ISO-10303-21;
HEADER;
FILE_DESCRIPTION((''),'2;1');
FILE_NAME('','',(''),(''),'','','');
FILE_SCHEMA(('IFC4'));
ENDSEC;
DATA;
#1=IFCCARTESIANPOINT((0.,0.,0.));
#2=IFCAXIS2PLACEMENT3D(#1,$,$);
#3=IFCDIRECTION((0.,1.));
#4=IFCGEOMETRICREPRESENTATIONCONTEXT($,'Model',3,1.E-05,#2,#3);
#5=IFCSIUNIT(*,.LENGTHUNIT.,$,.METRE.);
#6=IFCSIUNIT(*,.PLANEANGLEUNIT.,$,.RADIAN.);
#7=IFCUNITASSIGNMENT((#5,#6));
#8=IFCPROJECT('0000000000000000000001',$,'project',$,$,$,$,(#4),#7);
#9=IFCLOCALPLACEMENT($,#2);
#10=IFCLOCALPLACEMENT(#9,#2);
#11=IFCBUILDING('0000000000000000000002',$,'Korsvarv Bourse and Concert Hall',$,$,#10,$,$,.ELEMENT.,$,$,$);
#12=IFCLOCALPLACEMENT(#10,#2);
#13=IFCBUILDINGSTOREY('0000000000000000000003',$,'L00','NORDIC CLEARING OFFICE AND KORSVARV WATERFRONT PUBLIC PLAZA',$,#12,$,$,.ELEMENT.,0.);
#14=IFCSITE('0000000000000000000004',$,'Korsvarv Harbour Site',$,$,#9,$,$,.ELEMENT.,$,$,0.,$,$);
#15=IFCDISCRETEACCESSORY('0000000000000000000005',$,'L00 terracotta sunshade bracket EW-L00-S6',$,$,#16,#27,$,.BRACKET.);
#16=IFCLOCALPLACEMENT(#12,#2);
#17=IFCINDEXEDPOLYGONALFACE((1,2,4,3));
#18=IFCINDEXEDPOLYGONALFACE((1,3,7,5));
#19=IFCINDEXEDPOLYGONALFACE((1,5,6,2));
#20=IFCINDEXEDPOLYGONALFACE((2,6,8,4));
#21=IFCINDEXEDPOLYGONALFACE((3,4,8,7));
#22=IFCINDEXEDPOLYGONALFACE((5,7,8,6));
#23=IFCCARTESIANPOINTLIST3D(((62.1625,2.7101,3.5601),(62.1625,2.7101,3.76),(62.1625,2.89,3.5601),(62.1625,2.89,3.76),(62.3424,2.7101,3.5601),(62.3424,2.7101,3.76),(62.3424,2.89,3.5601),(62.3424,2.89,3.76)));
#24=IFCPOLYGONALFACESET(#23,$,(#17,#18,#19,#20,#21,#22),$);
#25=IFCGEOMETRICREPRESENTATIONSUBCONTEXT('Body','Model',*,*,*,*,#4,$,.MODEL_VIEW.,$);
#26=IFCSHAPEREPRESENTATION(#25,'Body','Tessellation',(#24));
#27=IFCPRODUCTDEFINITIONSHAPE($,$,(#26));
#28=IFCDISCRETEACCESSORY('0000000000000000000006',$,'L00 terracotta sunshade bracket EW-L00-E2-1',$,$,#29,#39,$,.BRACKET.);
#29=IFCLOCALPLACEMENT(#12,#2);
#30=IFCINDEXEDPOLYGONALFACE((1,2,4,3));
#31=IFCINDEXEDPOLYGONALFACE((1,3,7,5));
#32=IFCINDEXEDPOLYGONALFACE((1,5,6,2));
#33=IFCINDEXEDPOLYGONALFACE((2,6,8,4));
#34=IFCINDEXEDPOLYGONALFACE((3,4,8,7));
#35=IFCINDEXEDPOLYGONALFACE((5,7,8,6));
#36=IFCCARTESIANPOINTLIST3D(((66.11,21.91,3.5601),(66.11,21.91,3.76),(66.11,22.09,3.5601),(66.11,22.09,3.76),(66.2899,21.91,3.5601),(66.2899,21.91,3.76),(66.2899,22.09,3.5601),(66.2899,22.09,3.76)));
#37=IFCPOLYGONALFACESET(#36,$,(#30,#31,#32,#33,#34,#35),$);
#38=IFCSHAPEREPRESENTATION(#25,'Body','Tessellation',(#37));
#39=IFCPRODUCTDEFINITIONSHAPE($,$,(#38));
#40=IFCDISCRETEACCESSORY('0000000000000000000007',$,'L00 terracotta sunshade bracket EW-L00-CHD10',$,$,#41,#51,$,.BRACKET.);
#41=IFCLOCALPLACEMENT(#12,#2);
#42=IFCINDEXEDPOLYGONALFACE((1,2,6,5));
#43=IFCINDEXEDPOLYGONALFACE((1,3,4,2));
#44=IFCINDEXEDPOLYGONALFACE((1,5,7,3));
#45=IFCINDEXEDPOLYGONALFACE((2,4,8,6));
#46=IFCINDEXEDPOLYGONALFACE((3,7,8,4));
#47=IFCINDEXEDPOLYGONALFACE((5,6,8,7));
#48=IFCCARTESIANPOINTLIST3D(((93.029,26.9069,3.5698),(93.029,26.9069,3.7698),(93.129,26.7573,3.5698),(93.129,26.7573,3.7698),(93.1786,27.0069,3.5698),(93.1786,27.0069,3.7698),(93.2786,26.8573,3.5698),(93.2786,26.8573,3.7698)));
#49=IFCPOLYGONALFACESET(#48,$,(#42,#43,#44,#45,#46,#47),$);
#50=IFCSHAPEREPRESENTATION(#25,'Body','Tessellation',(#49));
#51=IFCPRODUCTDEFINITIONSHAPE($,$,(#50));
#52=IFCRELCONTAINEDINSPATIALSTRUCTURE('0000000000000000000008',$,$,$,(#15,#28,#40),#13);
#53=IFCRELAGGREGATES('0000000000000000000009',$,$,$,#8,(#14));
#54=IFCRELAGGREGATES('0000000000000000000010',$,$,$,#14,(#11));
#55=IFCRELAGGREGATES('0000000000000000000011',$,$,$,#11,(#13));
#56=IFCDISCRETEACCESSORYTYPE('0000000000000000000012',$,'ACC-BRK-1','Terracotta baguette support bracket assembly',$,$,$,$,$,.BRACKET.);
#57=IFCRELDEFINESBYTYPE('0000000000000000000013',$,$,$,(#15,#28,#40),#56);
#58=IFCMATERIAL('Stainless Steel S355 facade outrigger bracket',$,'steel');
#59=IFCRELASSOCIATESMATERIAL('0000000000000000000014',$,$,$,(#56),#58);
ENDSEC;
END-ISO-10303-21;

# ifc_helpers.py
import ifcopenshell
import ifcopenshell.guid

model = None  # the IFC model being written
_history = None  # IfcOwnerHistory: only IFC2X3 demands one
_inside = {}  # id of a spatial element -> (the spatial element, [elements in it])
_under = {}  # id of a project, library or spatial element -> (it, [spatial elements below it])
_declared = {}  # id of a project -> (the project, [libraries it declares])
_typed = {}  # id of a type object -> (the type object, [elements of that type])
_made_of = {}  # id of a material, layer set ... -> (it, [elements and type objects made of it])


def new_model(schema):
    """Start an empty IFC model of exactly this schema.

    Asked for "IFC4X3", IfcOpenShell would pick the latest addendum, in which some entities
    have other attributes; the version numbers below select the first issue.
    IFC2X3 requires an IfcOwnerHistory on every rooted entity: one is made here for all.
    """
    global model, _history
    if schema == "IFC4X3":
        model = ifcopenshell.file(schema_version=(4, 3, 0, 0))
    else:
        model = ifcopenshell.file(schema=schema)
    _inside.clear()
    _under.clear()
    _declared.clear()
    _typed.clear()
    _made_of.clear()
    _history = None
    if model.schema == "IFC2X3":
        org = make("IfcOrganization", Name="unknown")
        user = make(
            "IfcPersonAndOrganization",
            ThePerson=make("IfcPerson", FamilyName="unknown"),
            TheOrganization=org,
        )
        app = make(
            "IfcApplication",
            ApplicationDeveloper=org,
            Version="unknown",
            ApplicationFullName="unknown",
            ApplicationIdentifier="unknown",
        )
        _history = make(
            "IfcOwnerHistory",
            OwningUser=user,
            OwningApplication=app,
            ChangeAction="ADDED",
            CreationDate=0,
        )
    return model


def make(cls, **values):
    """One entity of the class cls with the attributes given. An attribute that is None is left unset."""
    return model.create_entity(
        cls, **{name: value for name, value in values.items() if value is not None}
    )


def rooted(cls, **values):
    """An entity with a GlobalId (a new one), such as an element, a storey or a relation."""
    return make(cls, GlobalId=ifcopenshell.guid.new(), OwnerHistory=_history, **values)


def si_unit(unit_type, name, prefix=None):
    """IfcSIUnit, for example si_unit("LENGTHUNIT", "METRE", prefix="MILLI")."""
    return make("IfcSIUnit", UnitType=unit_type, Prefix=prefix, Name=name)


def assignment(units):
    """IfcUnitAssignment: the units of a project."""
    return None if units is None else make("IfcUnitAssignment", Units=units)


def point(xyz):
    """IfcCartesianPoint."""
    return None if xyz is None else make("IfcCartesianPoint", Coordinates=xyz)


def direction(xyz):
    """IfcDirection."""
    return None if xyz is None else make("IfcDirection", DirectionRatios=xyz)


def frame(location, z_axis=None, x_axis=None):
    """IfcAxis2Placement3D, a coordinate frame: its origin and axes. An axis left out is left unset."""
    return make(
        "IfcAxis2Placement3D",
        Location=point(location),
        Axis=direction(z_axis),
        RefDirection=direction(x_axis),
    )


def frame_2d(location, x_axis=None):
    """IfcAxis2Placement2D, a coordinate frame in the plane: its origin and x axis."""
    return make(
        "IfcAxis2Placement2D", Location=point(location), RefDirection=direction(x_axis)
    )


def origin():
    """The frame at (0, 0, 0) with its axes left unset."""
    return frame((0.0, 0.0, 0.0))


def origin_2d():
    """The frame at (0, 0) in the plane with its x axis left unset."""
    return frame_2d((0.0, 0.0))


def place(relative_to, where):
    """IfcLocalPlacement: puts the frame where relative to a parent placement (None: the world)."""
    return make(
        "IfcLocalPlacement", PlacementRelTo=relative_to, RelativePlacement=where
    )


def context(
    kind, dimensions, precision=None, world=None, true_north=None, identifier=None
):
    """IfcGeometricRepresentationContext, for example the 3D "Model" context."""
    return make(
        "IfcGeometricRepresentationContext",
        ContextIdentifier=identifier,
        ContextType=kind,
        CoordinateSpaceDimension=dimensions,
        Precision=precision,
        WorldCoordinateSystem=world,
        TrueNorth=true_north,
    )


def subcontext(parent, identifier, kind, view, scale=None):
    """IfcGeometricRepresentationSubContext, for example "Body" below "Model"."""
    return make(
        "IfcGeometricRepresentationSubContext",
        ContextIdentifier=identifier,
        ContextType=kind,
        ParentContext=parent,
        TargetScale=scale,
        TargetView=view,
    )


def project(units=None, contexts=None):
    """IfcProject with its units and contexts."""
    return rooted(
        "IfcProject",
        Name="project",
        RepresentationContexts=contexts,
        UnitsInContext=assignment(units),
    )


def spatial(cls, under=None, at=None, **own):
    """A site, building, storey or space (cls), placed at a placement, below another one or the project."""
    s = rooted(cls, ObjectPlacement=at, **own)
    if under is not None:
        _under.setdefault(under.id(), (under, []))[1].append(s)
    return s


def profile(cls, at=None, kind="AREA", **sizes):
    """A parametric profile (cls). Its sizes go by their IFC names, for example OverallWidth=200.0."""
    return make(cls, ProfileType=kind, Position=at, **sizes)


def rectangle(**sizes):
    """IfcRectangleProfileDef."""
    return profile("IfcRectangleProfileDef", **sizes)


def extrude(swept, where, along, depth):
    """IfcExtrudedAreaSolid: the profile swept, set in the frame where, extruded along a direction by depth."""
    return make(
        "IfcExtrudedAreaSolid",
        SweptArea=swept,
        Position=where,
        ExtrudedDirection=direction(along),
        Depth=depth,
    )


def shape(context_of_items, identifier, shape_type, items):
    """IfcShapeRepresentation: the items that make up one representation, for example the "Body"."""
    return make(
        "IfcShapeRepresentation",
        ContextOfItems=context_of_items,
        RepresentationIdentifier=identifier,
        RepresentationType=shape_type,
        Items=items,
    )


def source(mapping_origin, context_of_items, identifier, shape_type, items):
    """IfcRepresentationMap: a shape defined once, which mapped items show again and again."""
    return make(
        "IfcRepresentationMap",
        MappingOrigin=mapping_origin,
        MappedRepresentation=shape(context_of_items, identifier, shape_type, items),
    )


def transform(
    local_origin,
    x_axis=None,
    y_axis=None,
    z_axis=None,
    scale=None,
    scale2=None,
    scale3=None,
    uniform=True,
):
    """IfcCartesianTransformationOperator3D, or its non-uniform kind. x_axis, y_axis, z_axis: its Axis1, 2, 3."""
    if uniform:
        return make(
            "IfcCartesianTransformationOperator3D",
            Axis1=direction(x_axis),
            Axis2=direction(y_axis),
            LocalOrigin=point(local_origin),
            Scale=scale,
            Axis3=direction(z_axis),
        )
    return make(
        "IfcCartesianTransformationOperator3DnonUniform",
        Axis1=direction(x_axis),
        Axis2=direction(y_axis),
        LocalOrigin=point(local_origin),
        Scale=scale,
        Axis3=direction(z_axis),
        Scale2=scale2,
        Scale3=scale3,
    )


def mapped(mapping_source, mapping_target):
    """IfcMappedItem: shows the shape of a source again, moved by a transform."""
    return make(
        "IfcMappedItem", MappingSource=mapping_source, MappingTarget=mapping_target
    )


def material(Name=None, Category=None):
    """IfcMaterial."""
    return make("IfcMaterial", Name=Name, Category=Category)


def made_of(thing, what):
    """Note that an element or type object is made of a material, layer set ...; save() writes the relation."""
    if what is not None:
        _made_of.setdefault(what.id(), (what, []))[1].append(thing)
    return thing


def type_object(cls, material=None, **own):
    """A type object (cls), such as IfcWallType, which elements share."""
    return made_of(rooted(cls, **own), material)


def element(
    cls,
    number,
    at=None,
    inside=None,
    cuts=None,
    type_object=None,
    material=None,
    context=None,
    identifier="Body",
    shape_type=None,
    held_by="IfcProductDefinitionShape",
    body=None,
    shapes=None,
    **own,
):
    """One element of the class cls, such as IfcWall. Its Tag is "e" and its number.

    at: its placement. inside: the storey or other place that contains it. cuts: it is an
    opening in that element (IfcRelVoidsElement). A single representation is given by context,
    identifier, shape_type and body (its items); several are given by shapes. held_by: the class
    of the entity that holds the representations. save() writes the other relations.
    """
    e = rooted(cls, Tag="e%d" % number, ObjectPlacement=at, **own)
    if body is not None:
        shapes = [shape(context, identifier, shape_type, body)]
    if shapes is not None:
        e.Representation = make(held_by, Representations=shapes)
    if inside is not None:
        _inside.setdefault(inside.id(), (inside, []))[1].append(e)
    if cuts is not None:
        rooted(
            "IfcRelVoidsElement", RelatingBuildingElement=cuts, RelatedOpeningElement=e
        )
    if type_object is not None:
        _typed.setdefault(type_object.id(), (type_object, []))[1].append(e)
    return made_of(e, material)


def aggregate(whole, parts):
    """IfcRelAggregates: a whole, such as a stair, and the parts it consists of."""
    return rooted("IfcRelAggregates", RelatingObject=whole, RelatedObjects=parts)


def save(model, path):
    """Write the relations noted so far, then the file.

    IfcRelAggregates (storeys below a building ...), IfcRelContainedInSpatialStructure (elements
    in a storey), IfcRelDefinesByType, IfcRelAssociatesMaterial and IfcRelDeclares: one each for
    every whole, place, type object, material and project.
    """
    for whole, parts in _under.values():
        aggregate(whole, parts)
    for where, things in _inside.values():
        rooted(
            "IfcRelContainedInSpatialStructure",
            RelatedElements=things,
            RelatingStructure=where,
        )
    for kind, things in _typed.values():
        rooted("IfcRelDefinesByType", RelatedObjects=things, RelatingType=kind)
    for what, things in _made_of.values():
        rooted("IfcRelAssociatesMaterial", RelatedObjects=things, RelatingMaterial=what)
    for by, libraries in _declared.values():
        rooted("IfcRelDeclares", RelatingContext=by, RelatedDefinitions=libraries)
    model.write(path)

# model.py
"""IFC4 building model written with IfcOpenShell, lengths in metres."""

from ifc_helpers import new_model, si_unit, direction, frame, origin, origin_2d, place, context, subcontext, project, spatial, rectangle, extrude, source, transform, mapped, material, type_object, element, save


model = new_model("IFC4")

# Units and contexts
model_context = context("Model", 3, precision=1e-05, world=origin(), true_north=direction((0.0, 1.0)))
body_context = subcontext(model_context, "Body", "Model", "MODEL_VIEW")
ifc_project = project(units=[si_unit("LENGTHUNIT", "METRE"), si_unit("PLANEANGLEUNIT", "RADIAN")], contexts=[model_context])

# Site, building, storey
site_placement = place(None, origin())
site = spatial("IfcSite", under=ifc_project, at=site_placement, Name="Korsvarv Harbour Site", CompositionType="ELEMENT", RefElevation=0.0)
building_placement = place(site_placement, origin())
building = spatial("IfcBuilding", under=site, at=building_placement, Name="Korsvarv Bourse and Concert Hall", CompositionType="ELEMENT")
storey_placement = place(building_placement, origin())
storey = spatial("IfcBuildingStorey", under=building, at=storey_placement, Name="L00", Description="NORDIC CLEARING OFFICE AND KORSVARV WATERFRONT PUBLIC PLAZA", CompositionType="ELEMENT", Elevation=0.0)

# Discrete accessories
ifc_material_1 = material(Name="Stainless Steel S355 facade outrigger bracket", Category="steel")
discrete_accessory_type = type_object("IfcDiscreteAccessoryType", Name="ACC-BRK-1", Description="Terracotta baguette support bracket assembly", PredefinedType="BRACKET", material=ifc_material_1)
shared_shape_1 = source(origin(), body_context, "Body", "SweptSolid", [
    extrude(rectangle(XDim=0.1799, YDim=0.1799, at=origin_2d()), origin(), (0.0, 0.0, 1.0), 0.2),
])
for number, where, z_axis, x_axis, name in (
    (1, (62.2524, 2.8, 3.5601), (0.0, 0.0, 1.0), (1.0, 0.0, 0.0), "L00 terracotta sunshade bracket EW-L00-S6"),
    (2, (66.2, 22.0, 3.5601), (0.0, 0.0, 1.0), (0.0, 1.0, 0.0), "L00 terracotta sunshade bracket EW-L00-E2-1"),
    (3, (93.1538, 26.8821, 3.5698), (0.0, 0.0, 1.0), (0.55557, -0.83147, 0.0), "L00 terracotta sunshade bracket EW-L00-CHD10"),
):
    element("IfcDiscreteAccessory", number, at=place(storey_placement, frame(where, z_axis=z_axis, x_axis=x_axis)), inside=storey, type_object=discrete_accessory_type, Name=name, PredefinedType="BRACKET", context=body_context, shape_type="MappedRepresentation", body=[
        mapped(shared_shape_1, transform((0.0, 0.0, 0.0), scale=1.0)),
    ])

save(model, "model.ifc")
